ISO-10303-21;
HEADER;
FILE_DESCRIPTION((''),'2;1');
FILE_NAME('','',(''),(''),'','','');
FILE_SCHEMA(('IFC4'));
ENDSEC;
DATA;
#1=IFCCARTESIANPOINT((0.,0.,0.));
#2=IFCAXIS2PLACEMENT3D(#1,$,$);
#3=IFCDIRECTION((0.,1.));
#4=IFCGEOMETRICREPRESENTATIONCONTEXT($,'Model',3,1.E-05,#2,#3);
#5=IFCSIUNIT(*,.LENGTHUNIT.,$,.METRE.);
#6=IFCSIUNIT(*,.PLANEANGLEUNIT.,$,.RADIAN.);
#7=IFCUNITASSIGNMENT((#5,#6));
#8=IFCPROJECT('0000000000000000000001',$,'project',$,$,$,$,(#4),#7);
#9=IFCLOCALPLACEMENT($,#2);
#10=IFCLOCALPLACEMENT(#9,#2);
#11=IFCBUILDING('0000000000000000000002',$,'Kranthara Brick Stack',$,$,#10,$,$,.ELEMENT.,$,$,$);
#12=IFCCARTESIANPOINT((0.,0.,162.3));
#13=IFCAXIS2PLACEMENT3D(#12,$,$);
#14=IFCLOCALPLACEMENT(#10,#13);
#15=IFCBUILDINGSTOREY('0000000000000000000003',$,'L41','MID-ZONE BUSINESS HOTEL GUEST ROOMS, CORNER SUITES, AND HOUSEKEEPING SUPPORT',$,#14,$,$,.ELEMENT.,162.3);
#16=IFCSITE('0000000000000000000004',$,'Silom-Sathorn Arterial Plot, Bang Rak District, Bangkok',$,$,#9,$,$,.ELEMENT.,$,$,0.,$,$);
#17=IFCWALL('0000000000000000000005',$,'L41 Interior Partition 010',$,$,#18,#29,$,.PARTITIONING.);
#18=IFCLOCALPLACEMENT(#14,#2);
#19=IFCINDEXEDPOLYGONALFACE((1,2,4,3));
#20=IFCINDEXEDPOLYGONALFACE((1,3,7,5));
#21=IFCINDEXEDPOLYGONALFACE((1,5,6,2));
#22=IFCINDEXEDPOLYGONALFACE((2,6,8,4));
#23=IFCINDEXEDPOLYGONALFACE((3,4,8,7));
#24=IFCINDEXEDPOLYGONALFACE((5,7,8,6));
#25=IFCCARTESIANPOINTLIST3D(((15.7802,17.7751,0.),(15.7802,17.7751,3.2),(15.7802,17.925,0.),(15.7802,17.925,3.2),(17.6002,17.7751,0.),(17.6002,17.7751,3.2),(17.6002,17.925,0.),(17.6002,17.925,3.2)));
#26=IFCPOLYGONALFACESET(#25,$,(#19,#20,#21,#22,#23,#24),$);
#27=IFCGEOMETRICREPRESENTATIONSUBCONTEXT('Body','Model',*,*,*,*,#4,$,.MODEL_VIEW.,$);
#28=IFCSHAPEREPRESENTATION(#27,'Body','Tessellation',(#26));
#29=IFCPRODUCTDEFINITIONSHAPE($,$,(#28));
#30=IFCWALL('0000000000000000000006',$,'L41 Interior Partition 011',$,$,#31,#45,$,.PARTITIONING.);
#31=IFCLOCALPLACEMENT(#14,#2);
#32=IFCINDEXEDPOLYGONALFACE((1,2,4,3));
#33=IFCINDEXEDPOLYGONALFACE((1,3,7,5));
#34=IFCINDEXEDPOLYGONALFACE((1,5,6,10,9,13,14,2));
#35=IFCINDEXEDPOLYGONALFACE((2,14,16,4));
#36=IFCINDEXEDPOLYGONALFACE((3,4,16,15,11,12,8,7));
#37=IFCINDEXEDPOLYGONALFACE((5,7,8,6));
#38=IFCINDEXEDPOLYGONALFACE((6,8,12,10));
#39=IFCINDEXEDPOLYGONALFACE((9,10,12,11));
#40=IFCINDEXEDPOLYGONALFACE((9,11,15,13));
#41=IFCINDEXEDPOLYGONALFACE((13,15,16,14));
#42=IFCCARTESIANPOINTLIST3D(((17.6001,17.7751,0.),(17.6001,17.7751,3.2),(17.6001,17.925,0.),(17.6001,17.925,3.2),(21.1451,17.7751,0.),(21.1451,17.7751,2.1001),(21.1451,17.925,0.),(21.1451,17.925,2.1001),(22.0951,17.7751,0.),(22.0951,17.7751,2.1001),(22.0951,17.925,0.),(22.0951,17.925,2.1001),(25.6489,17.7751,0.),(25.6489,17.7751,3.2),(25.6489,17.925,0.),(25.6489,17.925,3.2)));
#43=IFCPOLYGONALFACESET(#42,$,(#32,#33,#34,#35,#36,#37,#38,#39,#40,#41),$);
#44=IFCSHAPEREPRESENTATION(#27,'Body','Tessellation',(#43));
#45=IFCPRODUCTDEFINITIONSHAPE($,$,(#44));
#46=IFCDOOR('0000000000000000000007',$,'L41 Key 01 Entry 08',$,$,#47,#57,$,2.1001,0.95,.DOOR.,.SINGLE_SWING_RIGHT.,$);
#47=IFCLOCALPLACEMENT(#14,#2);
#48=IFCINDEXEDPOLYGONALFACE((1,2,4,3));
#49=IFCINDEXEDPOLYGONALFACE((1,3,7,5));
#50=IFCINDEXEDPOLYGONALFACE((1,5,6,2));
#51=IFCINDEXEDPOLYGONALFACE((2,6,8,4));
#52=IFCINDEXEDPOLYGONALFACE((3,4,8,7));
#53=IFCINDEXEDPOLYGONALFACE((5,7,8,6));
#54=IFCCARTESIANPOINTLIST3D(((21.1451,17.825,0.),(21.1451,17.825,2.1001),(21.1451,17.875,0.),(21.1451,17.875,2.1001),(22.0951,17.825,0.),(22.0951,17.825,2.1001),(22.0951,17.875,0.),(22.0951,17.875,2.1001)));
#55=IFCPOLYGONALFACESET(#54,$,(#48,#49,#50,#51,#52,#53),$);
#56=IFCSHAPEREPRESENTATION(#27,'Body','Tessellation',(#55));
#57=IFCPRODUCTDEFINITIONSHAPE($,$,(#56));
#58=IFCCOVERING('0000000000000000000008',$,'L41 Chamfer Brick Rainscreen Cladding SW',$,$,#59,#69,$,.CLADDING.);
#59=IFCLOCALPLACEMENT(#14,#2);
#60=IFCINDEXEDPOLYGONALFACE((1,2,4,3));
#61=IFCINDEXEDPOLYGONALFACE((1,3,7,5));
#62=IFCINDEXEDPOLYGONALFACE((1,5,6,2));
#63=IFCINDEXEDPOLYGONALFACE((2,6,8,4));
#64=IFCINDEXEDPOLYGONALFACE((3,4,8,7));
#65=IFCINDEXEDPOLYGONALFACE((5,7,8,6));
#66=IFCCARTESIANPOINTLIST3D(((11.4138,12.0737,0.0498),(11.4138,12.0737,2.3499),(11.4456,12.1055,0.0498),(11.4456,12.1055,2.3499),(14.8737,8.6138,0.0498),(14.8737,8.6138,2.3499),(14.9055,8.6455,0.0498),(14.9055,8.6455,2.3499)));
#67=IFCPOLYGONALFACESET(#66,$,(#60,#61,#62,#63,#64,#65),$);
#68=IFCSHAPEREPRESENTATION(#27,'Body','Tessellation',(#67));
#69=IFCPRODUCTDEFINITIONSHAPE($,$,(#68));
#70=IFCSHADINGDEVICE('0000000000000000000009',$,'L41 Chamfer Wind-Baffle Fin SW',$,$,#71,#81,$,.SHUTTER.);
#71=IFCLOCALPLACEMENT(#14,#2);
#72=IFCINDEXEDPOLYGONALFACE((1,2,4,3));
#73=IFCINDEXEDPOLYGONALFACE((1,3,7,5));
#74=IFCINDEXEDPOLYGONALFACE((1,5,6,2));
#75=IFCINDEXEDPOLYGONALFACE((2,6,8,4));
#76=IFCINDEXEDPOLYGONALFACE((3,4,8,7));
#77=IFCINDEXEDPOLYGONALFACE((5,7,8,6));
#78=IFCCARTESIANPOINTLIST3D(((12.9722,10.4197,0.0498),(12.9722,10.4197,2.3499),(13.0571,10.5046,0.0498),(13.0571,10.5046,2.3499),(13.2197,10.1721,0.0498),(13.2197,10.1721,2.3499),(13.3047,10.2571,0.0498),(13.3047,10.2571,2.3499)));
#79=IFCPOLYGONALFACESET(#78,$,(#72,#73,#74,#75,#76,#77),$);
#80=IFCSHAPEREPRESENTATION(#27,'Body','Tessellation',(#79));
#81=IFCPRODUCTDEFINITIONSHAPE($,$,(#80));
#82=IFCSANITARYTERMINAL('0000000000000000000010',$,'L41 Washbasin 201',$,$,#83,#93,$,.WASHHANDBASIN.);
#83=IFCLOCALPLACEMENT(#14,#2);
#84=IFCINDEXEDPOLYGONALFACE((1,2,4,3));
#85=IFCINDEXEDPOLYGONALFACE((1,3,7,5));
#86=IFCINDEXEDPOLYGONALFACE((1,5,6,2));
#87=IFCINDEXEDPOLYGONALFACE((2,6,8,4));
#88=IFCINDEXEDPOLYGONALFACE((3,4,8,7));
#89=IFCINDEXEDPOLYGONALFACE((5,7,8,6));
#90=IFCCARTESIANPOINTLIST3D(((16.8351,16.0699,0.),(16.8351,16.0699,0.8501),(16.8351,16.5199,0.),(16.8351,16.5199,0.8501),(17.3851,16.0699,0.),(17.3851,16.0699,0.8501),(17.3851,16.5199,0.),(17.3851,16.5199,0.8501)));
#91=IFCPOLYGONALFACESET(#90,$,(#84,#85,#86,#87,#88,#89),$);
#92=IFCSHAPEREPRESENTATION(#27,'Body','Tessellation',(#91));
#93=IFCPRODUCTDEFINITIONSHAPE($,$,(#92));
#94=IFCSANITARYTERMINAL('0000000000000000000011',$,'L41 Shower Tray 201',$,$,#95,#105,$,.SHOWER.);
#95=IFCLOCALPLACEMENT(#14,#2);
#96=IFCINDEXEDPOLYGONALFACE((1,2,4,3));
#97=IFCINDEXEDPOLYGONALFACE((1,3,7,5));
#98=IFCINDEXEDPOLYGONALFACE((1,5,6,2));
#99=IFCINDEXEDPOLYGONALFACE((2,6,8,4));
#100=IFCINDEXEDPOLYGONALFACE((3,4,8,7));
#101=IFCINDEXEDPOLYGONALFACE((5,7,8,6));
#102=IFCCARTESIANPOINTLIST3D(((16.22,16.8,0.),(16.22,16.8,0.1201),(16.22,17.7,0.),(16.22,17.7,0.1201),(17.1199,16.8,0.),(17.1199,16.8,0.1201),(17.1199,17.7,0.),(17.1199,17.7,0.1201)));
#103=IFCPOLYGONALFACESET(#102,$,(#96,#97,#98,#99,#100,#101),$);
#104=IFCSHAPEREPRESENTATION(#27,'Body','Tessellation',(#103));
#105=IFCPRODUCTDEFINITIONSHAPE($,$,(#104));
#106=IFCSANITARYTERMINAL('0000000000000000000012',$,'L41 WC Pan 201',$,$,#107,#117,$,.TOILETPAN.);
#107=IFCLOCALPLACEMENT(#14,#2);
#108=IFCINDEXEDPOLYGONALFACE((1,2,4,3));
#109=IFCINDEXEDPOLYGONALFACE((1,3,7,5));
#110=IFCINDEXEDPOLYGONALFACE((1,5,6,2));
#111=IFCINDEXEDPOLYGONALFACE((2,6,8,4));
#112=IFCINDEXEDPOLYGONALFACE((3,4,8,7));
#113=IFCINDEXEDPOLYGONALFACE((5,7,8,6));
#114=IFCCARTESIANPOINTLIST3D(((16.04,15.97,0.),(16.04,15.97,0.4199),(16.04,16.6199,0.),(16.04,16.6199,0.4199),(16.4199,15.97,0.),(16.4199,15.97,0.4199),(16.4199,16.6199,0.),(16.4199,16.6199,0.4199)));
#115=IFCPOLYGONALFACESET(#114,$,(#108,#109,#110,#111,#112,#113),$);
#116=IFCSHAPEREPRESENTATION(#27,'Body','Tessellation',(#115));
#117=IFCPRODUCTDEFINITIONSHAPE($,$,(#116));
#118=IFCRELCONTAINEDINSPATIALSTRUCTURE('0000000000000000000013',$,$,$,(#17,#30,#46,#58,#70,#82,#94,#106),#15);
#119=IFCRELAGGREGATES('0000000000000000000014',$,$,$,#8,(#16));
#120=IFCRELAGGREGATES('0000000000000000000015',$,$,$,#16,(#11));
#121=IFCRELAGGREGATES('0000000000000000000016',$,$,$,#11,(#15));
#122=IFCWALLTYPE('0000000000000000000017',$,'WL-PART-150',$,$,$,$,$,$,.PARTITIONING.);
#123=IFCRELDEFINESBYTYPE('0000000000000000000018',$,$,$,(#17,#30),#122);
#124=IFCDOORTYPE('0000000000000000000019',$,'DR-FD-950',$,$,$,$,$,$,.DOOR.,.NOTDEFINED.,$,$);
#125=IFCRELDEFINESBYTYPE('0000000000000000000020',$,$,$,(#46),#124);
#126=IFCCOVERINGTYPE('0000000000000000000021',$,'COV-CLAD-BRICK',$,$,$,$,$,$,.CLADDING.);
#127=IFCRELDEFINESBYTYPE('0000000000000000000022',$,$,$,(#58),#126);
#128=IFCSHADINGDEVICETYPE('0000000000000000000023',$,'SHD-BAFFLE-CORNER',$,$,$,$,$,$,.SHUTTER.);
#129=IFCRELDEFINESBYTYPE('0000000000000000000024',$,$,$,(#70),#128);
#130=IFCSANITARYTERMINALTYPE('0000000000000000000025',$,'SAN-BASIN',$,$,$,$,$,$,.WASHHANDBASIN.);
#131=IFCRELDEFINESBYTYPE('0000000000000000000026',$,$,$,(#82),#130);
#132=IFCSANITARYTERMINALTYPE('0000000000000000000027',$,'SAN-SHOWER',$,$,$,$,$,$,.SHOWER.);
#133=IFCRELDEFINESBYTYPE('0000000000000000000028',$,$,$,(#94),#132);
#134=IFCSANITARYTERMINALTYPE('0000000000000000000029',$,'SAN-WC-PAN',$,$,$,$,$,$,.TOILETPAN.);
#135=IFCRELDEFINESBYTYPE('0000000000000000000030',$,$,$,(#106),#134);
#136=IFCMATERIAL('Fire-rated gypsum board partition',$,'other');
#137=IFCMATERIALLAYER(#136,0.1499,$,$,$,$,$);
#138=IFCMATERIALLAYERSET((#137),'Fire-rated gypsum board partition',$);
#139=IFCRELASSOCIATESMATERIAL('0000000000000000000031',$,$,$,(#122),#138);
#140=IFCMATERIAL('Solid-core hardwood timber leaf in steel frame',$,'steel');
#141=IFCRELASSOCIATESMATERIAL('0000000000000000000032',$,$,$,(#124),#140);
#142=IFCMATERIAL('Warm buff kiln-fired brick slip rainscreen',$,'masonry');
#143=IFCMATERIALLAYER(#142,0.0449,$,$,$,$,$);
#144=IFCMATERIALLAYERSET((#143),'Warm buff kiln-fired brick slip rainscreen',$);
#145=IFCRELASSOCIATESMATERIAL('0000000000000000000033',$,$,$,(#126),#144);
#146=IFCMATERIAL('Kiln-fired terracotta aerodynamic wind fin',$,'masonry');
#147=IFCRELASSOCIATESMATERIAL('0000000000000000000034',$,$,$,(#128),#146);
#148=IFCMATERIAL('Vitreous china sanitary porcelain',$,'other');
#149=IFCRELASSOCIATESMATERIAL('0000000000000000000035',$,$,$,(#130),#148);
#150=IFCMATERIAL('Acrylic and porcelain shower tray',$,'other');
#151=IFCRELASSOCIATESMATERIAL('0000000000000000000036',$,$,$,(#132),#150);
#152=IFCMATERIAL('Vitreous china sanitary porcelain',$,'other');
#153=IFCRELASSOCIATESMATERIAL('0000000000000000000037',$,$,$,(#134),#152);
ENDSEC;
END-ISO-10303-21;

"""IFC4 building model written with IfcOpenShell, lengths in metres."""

from ifc_helpers import new_model, si_unit, direction, frame, frame_2d, origin, origin_2d, place, context, subcontext, project, spatial, rectangle, extrude, material, layer, layer_set, type_object, element, fill, save


model = new_model("IFC4")

# Units and contexts
model_context = context("Model", 3, precision=1e-05, world=origin(), true_north=direction((0.0, 1.0)))
body_context = subcontext(model_context, "Body", "Model", "MODEL_VIEW")
ifc_project = project(units=[si_unit("LENGTHUNIT", "METRE"), si_unit("PLANEANGLEUNIT", "RADIAN")], contexts=[model_context])

# Site, building, storey
site_placement = place(None, origin())
site = spatial("IfcSite", under=ifc_project, at=site_placement, Name="Silom-Sathorn Arterial Plot, Bang Rak District, Bangkok", CompositionType="ELEMENT", RefElevation=0.0)
building_placement = place(site_placement, origin())
building = spatial("IfcBuilding", under=site, at=building_placement, Name="Kranthara Brick Stack", CompositionType="ELEMENT")
storey_placement = place(building_placement, frame((0.0, 0.0, 162.3)))
storey = spatial("IfcBuildingStorey", under=building, at=storey_placement, Name="L41", Description="MID-ZONE BUSINESS HOTEL GUEST ROOMS, CORNER SUITES, AND HOUSEKEEPING SUPPORT", CompositionType="ELEMENT", Elevation=162.3)

# Wall
ifc_material_1 = material(Name="Fire-rated gypsum board partition", Category="other")
ifc_layer_1 = layer(ifc_material_1, 0.1499)
ifc_layer_set_1 = layer_set([ifc_layer_1], Name="Fire-rated gypsum board partition")
wall_type_1 = type_object("IfcWallType", Name="WL-PART-150", PredefinedType="PARTITIONING", material=ifc_layer_set_1)
wall_1_placement = place(storey_placement, frame((15.78, 17.8501, 0.0), z_axis=(0.0, 0.0, 1.0), x_axis=(1.0, 0.0, 0.0)))
element("IfcWall", 1, at=wall_1_placement, inside=storey, type_object=wall_type_1, Name="L41 Interior Partition 010", PredefinedType="PARTITIONING", context=body_context, shape_type="SweptSolid", body=[
    extrude(rectangle(XDim=1.8201, YDim=0.1499, at=frame_2d((0.9102, 0.0))), origin(), (0.0, 0.0, 1.0), 3.2),
])

# Wall, opening, door
wall_2_placement = place(storey_placement, frame((17.6001, 17.8501, 0.0), z_axis=(0.0, 0.0, 1.0), x_axis=(1.0, 0.0, 0.0)))
wall_2 = element("IfcWall", 2, at=wall_2_placement, inside=storey, type_object=wall_type_1, Name="L41 Interior Partition 011", PredefinedType="PARTITIONING", context=body_context, shape_type="SweptSolid", body=[
    extrude(rectangle(XDim=8.0488, YDim=0.1499, at=frame_2d((4.0244, 0.0))), origin(), (0.0, 0.0, 1.0), 3.2),
])
opening_1_placement = place(wall_2_placement, frame((3.5449, 0.0, 0.0)))
opening_1 = element("IfcOpeningElement", 3, at=opening_1_placement, cuts=wall_2, PredefinedType="OPENING", context=body_context, shape_type="SweptSolid", body=[
    extrude(rectangle(XDim=0.95, YDim=2.1001, at=frame_2d((0.4751, 1.05))), frame((0.0, 0.085, 0.0), z_axis=(0.0, -1.0, 0.0), x_axis=(1.0, 0.0, 0.0)), (0.0, 0.0, 1.0), 0.1699),
])
ifc_material_2 = material(Name="Solid-core hardwood timber leaf in steel frame", Category="steel")
door_type_1 = type_object("IfcDoorType", Name="DR-FD-950", OperationType="NOTDEFINED", PredefinedType="DOOR", material=ifc_material_2)
door_1_placement = place(opening_1_placement, origin())
door_1 = element("IfcDoor", 4, at=door_1_placement, inside=storey, type_object=door_type_1, Name="L41 Key 01 Entry 08", OperationType="SINGLE_SWING_RIGHT", OverallHeight=2.1001, OverallWidth=0.95, PredefinedType="DOOR", context=body_context, shape_type="SweptSolid", body=[
    extrude(rectangle(XDim=0.95, YDim=2.1001, at=frame_2d((0.4751, 1.05))), frame((0.0, 0.0249, 0.0), z_axis=(0.0, -1.0, 0.0), x_axis=(1.0, 0.0, 0.0)), (0.0, 0.0, 1.0), 0.05),
])
fill(opening_1, door_1)

# Covering
ifc_material_3 = material(Name="Warm buff kiln-fired brick slip rainscreen", Category="masonry")
ifc_layer_2 = layer(ifc_material_3, 0.0449)
ifc_layer_set_2 = layer_set([ifc_layer_2], Name="Warm buff kiln-fired brick slip rainscreen")
covering_type = type_object("IfcCoveringType", Name="COV-CLAD-BRICK", PredefinedType="CLADDING", material=ifc_layer_set_2)
covering_placement = place(storey_placement, frame((13.1597, 10.3596, 0.0498), z_axis=(0.0, 0.0, 1.0), x_axis=(-0.707107, 0.707107, 0.0)))
element("IfcCovering", 5, at=covering_placement, inside=storey, type_object=covering_type, Name="L41 Chamfer Brick Rainscreen Cladding SW", PredefinedType="CLADDING", context=body_context, shape_type="SweptSolid", body=[
    extrude(rectangle(XDim=4.8931, YDim=0.0449, at=origin_2d()), origin(), (0.0, 0.0, 1.0), 2.3),
])

# Shading device
ifc_material_4 = material(Name="Kiln-fired terracotta aerodynamic wind fin", Category="masonry")
shading_device_type = type_object("IfcShadingDeviceType", Name="SHD-BAFFLE-CORNER", PredefinedType="SHUTTER", material=ifc_material_4)
shading_device_placement = place(storey_placement, frame((13.1384, 10.3384, 0.0498), z_axis=(0.0, 0.0, 1.0), x_axis=(-0.707107, 0.707107, 0.0)))
element("IfcShadingDevice", 6, at=shading_device_placement, inside=storey, type_object=shading_device_type, Name="L41 Chamfer Wind-Baffle Fin SW", PredefinedType="SHUTTER", context=body_context, shape_type="SweptSolid", body=[
    extrude(rectangle(XDim=0.3501, YDim=0.1201, at=origin_2d()), origin(), (0.0, 0.0, 1.0), 2.3),
])

# Sanitary terminals
ifc_material_5 = material(Name="Vitreous china sanitary porcelain", Category="other")
sanitary_terminal_type_1 = type_object("IfcSanitaryTerminalType", Name="SAN-BASIN", PredefinedType="WASHHANDBASIN", material=ifc_material_5)
sanitary_terminal_1_placement = place(storey_placement, frame((17.1101, 16.2949, 0.0), z_axis=(0.0, 0.0, 1.0), x_axis=(1.0, 0.0, 0.0)))
element("IfcSanitaryTerminal", 7, at=sanitary_terminal_1_placement, inside=storey, type_object=sanitary_terminal_type_1, Name="L41 Washbasin 201", PredefinedType="WASHHANDBASIN", context=body_context, shape_type="SweptSolid", body=[
    extrude(rectangle(XDim=0.55, YDim=0.45, at=origin_2d()), origin(), (0.0, 0.0, 1.0), 0.8501),
])
ifc_material_6 = material(Name="Acrylic and porcelain shower tray", Category="other")
sanitary_terminal_type_2 = type_object("IfcSanitaryTerminalType", Name="SAN-SHOWER", PredefinedType="SHOWER", material=ifc_material_6)
sanitary_terminal_2_placement = place(storey_placement, frame((16.6699, 17.25, 0.0), z_axis=(0.0, 0.0, 1.0), x_axis=(1.0, 0.0, 0.0)))
element("IfcSanitaryTerminal", 8, at=sanitary_terminal_2_placement, inside=storey, type_object=sanitary_terminal_type_2, Name="L41 Shower Tray 201", PredefinedType="SHOWER", context=body_context, shape_type="SweptSolid", body=[
    extrude(rectangle(XDim=0.8999, YDim=0.8999, at=origin_2d()), origin(), (0.0, 0.0, 1.0), 0.1201),
])
ifc_material_7 = material(Name="Vitreous china sanitary porcelain", Category="other")
sanitary_terminal_type_3 = type_object("IfcSanitaryTerminalType", Name="SAN-WC-PAN", PredefinedType="TOILETPAN", material=ifc_material_7)
sanitary_terminal_3_placement = place(storey_placement, frame((16.23, 16.2949, 0.0), z_axis=(0.0, 0.0, 1.0), x_axis=(1.0, 0.0, 0.0)))
element("IfcSanitaryTerminal", 9, at=sanitary_terminal_3_placement, inside=storey, type_object=sanitary_terminal_type_3, Name="L41 WC Pan 201", PredefinedType="TOILETPAN", context=body_context, shape_type="SweptSolid", body=[
    extrude(rectangle(XDim=0.3799, YDim=0.6499, at=origin_2d()), origin(), (0.0, 0.0, 1.0), 0.4199),
])

save(model, "model.ifc")
